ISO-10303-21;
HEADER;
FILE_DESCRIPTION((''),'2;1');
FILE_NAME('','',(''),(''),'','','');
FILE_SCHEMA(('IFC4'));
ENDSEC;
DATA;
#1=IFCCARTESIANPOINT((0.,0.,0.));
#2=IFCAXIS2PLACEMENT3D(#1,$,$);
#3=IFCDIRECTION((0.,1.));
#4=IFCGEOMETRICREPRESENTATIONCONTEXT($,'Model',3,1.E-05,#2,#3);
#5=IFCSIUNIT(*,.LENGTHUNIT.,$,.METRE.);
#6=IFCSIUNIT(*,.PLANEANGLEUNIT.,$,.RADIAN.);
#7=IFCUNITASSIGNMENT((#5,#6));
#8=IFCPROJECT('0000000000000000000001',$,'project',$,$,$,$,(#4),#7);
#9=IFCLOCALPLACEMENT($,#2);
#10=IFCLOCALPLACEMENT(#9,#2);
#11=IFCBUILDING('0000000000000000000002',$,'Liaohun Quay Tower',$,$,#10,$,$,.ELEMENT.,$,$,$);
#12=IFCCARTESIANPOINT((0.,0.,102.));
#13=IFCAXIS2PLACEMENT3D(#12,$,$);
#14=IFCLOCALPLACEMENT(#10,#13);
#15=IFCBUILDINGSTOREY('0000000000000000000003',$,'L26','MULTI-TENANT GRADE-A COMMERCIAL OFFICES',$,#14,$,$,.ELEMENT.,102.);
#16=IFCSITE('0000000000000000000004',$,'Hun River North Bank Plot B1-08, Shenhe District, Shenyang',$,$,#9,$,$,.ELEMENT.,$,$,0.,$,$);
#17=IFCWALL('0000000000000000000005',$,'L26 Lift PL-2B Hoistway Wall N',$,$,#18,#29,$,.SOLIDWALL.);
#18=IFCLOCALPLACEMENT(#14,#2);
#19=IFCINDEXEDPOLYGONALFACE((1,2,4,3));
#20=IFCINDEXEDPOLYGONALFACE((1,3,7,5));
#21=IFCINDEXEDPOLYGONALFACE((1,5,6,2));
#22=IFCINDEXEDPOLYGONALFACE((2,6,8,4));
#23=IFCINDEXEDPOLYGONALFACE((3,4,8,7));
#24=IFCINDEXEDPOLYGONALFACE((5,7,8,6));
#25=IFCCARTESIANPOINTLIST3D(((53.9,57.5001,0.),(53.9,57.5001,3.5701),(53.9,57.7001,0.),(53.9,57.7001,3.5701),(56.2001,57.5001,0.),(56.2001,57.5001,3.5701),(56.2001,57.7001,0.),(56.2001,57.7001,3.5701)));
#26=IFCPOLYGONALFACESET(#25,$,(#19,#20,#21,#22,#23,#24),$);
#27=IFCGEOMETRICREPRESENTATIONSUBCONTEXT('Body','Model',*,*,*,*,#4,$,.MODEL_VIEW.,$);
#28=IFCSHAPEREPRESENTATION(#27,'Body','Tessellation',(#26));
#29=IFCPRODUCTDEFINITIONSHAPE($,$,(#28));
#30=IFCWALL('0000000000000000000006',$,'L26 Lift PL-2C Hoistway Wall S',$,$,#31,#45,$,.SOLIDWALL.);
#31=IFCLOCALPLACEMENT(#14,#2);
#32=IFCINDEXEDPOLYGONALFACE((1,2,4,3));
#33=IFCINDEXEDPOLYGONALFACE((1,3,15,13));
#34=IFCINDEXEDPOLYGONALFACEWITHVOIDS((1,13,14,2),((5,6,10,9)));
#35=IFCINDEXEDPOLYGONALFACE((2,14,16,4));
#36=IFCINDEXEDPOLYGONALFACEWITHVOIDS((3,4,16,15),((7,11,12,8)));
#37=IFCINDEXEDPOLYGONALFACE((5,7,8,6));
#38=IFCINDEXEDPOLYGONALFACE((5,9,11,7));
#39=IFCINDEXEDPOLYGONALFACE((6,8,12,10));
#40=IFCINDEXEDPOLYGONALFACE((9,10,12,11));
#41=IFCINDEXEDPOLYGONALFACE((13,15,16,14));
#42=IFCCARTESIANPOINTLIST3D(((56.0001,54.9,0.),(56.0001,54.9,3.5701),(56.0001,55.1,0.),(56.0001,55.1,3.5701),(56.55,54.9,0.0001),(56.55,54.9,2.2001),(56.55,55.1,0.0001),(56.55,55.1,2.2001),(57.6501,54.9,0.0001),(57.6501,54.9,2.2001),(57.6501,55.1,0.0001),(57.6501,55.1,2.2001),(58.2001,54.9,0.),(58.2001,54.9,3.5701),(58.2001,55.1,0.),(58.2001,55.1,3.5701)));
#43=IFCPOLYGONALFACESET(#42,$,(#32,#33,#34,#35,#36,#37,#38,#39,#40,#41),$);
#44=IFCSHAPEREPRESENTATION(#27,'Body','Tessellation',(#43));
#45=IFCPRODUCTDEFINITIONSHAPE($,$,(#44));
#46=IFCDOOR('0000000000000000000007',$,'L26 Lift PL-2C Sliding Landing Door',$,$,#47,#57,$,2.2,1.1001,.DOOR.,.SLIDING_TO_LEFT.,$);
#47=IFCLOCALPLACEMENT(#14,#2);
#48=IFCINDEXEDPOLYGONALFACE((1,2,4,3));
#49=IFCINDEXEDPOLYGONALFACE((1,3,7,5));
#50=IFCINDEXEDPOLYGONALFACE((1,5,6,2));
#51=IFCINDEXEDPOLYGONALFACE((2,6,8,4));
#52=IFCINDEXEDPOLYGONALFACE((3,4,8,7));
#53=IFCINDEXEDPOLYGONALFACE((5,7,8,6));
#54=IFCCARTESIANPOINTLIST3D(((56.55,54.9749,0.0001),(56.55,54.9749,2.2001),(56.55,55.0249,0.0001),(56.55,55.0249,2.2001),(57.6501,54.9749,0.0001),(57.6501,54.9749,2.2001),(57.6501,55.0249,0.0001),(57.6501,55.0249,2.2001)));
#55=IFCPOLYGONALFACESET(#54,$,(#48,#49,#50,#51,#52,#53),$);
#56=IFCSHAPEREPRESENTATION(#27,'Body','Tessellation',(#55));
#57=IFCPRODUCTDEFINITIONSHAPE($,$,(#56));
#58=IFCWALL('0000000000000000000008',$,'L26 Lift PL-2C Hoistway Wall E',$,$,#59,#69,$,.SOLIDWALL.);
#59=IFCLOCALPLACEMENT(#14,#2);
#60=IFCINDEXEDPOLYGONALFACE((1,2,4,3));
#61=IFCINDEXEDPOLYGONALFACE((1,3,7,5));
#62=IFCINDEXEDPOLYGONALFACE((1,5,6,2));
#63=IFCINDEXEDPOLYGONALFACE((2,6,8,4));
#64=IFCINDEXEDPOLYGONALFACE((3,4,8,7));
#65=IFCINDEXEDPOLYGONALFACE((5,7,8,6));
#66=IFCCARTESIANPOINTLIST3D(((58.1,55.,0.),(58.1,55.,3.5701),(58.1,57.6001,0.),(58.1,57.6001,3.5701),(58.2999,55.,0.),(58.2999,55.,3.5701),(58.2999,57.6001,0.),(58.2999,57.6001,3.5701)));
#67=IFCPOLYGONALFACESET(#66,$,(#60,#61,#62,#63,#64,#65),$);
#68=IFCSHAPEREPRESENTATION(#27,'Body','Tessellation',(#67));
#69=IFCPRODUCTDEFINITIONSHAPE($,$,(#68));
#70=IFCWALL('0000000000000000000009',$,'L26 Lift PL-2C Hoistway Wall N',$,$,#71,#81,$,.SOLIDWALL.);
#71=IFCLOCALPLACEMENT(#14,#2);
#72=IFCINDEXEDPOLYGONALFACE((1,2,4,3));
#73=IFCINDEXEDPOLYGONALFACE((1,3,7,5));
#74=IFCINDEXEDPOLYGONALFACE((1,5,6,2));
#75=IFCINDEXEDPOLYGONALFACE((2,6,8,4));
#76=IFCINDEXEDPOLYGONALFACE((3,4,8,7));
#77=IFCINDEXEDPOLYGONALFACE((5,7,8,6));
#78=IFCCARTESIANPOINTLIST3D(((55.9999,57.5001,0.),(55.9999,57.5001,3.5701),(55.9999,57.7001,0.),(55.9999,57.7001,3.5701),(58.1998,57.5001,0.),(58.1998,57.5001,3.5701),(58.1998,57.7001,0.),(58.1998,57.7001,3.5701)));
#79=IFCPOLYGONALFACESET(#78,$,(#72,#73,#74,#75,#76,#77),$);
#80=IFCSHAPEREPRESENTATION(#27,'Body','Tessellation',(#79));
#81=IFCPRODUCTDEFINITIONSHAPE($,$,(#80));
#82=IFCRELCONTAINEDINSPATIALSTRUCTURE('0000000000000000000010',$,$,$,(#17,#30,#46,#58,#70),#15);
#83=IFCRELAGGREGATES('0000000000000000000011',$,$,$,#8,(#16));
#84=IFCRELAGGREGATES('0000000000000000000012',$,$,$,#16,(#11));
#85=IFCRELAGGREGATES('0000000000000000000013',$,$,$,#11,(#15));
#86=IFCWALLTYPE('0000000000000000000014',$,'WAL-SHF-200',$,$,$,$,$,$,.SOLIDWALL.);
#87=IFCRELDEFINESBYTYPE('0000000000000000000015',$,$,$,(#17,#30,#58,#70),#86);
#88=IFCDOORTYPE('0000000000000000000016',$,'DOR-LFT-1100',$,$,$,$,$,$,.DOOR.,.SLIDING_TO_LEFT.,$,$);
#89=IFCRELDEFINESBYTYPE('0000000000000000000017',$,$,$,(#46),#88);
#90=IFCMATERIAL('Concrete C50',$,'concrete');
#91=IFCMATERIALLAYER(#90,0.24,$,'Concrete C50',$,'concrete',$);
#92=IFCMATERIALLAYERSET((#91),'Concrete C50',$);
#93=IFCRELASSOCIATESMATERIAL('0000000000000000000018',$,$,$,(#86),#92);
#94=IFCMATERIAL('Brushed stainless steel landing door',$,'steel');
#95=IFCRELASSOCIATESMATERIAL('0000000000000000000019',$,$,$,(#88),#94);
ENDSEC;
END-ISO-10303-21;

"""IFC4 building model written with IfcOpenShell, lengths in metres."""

from ifc_helpers import new_model, si_unit, direction, frame, frame_2d, origin, place, context, subcontext, project, spatial, rectangle, extrude, source, transform, mapped, material, layer, layer_set, type_object, element, fill, save


model = new_model("IFC4")

# Units and contexts
model_context = context("Model", 3, precision=1e-05, world=origin(), true_north=direction((0.0, 1.0)))
body_context = subcontext(model_context, "Body", "Model", "MODEL_VIEW")
ifc_project = project(units=[si_unit("LENGTHUNIT", "METRE"), si_unit("PLANEANGLEUNIT", "RADIAN")], contexts=[model_context])

# Site, building, storey
site_placement = place(None, origin())
site = spatial("IfcSite", under=ifc_project, at=site_placement, Name="Hun River North Bank Plot B1-08, Shenhe District, Shenyang", CompositionType="ELEMENT", RefElevation=0.0)
building_placement = place(site_placement, origin())
building = spatial("IfcBuilding", under=site, at=building_placement, Name="Liaohun Quay Tower", CompositionType="ELEMENT")
storey_placement = place(building_placement, frame((0.0, 0.0, 102.0)))
storey = spatial("IfcBuildingStorey", under=building, at=storey_placement, Name="L26", Description="MULTI-TENANT GRADE-A COMMERCIAL OFFICES", CompositionType="ELEMENT", Elevation=102.0)

# Shared definitions
ifc_material_1 = material(Name="Concrete C50", Category="concrete")
ifc_layer_1 = layer(ifc_material_1, 0.24, Name="Concrete C50", Category="concrete")
ifc_layer_set_1 = layer_set([ifc_layer_1], Name="Concrete C50")
wall_type_1 = type_object("IfcWallType", Name="WAL-SHF-200", PredefinedType="SOLIDWALL", material=ifc_layer_set_1)

# Shared definitions
shared_shape_1 = source(origin(), body_context, "Body", "SweptSolid", [
    extrude(rectangle(XDim=1.1001, YDim=2.2, at=frame_2d((0.55, 1.1001))), frame((0.0, 0.1099, 0.0), z_axis=(0.0, -1.0, 0.0), x_axis=(1.0, 0.0, 0.0)), (0.0, 0.0, 1.0), 0.22),
])
ifc_material_2 = material(Name="Brushed stainless steel landing door", Category="steel")
door_type_1 = type_object("IfcDoorType", Name="DOR-LFT-1100", OperationType="SLIDING_TO_LEFT", PredefinedType="DOOR", material=ifc_material_2)
shared_shape_2 = source(origin(), body_context, "Body", "SweptSolid", [
    extrude(rectangle(XDim=1.1001, YDim=2.2, at=frame_2d((0.55, 1.1001))), frame((0.0, 0.0249, 0.0), z_axis=(0.0, -1.0, 0.0), x_axis=(1.0, 0.0, 0.0)), (0.0, 0.0, 1.0), 0.05),
])

# Wall
wall_1_placement = place(storey_placement, frame((56.2, 57.6001, 0.0), z_axis=(0.0, 0.0, 1.0), x_axis=(-1.0, 0.0, 0.0)))
element("IfcWall", 1, at=wall_1_placement, inside=storey, type_object=wall_type_1, Name="L26 Lift PL-2B Hoistway Wall N", PredefinedType="SOLIDWALL", context=body_context, shape_type="SweptSolid", body=[
    extrude(rectangle(XDim=2.3, YDim=0.2, at=frame_2d((1.1499, 0.0))), origin(), (0.0, 0.0, 1.0), 3.5701),
])

# Wall, opening, door
wall_2_placement = place(storey_placement, frame((56.0, 55.0, 0.0), z_axis=(0.0, 0.0, 1.0), x_axis=(1.0, 0.0, 0.0)))
wall_2 = element("IfcWall", 2, at=wall_2_placement, inside=storey, type_object=wall_type_1, Name="L26 Lift PL-2C Hoistway Wall S", PredefinedType="SOLIDWALL", context=body_context, shape_type="SweptSolid", body=[
    extrude(rectangle(XDim=2.2, YDim=0.2, at=frame_2d((1.1001, 0.0))), origin(), (0.0, 0.0, 1.0), 3.5701),
])
opening_1_placement = place(wall_2_placement, frame((0.55, 0.0, 0.0)))
opening_1 = element("IfcOpeningElement", 3, at=opening_1_placement, cuts=wall_2, PredefinedType="OPENING", context=body_context, shape_type="MappedRepresentation", body=[
    mapped(shared_shape_1, transform((0.0, 0.0, 0.0), x_axis=(1.0, 0.0, 0.0), y_axis=(0.0, 1.0, 0.0), z_axis=(0.0, 0.0, 1.0), scale=1.0)),
])
door_1_placement = place(opening_1_placement, origin())
door_1 = element("IfcDoor", 4, at=door_1_placement, inside=storey, type_object=door_type_1, Name="L26 Lift PL-2C Sliding Landing Door", OperationType="SLIDING_TO_LEFT", OverallHeight=2.2, OverallWidth=1.1001, PredefinedType="DOOR", context=body_context, shape_type="MappedRepresentation", body=[
    mapped(shared_shape_2, transform((0.0, 0.0, 0.0), x_axis=(1.0, 0.0, 0.0), y_axis=(0.0, 1.0, 0.0), z_axis=(0.0, 0.0, 1.0), scale=1.0)),
])
fill(opening_1, door_1)

# Walls
wall_3_placement = place(storey_placement, frame((58.2, 55.0, 0.0), z_axis=(0.0, 0.0, 1.0), x_axis=(0.0, 1.0, 0.0)))
element("IfcWall", 5, at=wall_3_placement, inside=storey, type_object=wall_type_1, Name="L26 Lift PL-2C Hoistway Wall E", PredefinedType="SOLIDWALL", context=body_context, shape_type="SweptSolid", body=[
    extrude(rectangle(XDim=2.6001, YDim=0.2, at=frame_2d((1.3, 0.0))), origin(), (0.0, 0.0, 1.0), 3.5701),
])
wall_4_placement = place(storey_placement, frame((58.2, 57.6001, 0.0), z_axis=(0.0, 0.0, 1.0), x_axis=(-1.0, 0.0, 0.0)))
element("IfcWall", 6, at=wall_4_placement, inside=storey, type_object=wall_type_1, Name="L26 Lift PL-2C Hoistway Wall N", PredefinedType="SOLIDWALL", context=body_context, shape_type="SweptSolid", body=[
    extrude(rectangle(XDim=2.2, YDim=0.2, at=frame_2d((1.1001, 0.0))), origin(), (0.0, 0.0, 1.0), 3.5701),
])

save(model, "model.ifc")
